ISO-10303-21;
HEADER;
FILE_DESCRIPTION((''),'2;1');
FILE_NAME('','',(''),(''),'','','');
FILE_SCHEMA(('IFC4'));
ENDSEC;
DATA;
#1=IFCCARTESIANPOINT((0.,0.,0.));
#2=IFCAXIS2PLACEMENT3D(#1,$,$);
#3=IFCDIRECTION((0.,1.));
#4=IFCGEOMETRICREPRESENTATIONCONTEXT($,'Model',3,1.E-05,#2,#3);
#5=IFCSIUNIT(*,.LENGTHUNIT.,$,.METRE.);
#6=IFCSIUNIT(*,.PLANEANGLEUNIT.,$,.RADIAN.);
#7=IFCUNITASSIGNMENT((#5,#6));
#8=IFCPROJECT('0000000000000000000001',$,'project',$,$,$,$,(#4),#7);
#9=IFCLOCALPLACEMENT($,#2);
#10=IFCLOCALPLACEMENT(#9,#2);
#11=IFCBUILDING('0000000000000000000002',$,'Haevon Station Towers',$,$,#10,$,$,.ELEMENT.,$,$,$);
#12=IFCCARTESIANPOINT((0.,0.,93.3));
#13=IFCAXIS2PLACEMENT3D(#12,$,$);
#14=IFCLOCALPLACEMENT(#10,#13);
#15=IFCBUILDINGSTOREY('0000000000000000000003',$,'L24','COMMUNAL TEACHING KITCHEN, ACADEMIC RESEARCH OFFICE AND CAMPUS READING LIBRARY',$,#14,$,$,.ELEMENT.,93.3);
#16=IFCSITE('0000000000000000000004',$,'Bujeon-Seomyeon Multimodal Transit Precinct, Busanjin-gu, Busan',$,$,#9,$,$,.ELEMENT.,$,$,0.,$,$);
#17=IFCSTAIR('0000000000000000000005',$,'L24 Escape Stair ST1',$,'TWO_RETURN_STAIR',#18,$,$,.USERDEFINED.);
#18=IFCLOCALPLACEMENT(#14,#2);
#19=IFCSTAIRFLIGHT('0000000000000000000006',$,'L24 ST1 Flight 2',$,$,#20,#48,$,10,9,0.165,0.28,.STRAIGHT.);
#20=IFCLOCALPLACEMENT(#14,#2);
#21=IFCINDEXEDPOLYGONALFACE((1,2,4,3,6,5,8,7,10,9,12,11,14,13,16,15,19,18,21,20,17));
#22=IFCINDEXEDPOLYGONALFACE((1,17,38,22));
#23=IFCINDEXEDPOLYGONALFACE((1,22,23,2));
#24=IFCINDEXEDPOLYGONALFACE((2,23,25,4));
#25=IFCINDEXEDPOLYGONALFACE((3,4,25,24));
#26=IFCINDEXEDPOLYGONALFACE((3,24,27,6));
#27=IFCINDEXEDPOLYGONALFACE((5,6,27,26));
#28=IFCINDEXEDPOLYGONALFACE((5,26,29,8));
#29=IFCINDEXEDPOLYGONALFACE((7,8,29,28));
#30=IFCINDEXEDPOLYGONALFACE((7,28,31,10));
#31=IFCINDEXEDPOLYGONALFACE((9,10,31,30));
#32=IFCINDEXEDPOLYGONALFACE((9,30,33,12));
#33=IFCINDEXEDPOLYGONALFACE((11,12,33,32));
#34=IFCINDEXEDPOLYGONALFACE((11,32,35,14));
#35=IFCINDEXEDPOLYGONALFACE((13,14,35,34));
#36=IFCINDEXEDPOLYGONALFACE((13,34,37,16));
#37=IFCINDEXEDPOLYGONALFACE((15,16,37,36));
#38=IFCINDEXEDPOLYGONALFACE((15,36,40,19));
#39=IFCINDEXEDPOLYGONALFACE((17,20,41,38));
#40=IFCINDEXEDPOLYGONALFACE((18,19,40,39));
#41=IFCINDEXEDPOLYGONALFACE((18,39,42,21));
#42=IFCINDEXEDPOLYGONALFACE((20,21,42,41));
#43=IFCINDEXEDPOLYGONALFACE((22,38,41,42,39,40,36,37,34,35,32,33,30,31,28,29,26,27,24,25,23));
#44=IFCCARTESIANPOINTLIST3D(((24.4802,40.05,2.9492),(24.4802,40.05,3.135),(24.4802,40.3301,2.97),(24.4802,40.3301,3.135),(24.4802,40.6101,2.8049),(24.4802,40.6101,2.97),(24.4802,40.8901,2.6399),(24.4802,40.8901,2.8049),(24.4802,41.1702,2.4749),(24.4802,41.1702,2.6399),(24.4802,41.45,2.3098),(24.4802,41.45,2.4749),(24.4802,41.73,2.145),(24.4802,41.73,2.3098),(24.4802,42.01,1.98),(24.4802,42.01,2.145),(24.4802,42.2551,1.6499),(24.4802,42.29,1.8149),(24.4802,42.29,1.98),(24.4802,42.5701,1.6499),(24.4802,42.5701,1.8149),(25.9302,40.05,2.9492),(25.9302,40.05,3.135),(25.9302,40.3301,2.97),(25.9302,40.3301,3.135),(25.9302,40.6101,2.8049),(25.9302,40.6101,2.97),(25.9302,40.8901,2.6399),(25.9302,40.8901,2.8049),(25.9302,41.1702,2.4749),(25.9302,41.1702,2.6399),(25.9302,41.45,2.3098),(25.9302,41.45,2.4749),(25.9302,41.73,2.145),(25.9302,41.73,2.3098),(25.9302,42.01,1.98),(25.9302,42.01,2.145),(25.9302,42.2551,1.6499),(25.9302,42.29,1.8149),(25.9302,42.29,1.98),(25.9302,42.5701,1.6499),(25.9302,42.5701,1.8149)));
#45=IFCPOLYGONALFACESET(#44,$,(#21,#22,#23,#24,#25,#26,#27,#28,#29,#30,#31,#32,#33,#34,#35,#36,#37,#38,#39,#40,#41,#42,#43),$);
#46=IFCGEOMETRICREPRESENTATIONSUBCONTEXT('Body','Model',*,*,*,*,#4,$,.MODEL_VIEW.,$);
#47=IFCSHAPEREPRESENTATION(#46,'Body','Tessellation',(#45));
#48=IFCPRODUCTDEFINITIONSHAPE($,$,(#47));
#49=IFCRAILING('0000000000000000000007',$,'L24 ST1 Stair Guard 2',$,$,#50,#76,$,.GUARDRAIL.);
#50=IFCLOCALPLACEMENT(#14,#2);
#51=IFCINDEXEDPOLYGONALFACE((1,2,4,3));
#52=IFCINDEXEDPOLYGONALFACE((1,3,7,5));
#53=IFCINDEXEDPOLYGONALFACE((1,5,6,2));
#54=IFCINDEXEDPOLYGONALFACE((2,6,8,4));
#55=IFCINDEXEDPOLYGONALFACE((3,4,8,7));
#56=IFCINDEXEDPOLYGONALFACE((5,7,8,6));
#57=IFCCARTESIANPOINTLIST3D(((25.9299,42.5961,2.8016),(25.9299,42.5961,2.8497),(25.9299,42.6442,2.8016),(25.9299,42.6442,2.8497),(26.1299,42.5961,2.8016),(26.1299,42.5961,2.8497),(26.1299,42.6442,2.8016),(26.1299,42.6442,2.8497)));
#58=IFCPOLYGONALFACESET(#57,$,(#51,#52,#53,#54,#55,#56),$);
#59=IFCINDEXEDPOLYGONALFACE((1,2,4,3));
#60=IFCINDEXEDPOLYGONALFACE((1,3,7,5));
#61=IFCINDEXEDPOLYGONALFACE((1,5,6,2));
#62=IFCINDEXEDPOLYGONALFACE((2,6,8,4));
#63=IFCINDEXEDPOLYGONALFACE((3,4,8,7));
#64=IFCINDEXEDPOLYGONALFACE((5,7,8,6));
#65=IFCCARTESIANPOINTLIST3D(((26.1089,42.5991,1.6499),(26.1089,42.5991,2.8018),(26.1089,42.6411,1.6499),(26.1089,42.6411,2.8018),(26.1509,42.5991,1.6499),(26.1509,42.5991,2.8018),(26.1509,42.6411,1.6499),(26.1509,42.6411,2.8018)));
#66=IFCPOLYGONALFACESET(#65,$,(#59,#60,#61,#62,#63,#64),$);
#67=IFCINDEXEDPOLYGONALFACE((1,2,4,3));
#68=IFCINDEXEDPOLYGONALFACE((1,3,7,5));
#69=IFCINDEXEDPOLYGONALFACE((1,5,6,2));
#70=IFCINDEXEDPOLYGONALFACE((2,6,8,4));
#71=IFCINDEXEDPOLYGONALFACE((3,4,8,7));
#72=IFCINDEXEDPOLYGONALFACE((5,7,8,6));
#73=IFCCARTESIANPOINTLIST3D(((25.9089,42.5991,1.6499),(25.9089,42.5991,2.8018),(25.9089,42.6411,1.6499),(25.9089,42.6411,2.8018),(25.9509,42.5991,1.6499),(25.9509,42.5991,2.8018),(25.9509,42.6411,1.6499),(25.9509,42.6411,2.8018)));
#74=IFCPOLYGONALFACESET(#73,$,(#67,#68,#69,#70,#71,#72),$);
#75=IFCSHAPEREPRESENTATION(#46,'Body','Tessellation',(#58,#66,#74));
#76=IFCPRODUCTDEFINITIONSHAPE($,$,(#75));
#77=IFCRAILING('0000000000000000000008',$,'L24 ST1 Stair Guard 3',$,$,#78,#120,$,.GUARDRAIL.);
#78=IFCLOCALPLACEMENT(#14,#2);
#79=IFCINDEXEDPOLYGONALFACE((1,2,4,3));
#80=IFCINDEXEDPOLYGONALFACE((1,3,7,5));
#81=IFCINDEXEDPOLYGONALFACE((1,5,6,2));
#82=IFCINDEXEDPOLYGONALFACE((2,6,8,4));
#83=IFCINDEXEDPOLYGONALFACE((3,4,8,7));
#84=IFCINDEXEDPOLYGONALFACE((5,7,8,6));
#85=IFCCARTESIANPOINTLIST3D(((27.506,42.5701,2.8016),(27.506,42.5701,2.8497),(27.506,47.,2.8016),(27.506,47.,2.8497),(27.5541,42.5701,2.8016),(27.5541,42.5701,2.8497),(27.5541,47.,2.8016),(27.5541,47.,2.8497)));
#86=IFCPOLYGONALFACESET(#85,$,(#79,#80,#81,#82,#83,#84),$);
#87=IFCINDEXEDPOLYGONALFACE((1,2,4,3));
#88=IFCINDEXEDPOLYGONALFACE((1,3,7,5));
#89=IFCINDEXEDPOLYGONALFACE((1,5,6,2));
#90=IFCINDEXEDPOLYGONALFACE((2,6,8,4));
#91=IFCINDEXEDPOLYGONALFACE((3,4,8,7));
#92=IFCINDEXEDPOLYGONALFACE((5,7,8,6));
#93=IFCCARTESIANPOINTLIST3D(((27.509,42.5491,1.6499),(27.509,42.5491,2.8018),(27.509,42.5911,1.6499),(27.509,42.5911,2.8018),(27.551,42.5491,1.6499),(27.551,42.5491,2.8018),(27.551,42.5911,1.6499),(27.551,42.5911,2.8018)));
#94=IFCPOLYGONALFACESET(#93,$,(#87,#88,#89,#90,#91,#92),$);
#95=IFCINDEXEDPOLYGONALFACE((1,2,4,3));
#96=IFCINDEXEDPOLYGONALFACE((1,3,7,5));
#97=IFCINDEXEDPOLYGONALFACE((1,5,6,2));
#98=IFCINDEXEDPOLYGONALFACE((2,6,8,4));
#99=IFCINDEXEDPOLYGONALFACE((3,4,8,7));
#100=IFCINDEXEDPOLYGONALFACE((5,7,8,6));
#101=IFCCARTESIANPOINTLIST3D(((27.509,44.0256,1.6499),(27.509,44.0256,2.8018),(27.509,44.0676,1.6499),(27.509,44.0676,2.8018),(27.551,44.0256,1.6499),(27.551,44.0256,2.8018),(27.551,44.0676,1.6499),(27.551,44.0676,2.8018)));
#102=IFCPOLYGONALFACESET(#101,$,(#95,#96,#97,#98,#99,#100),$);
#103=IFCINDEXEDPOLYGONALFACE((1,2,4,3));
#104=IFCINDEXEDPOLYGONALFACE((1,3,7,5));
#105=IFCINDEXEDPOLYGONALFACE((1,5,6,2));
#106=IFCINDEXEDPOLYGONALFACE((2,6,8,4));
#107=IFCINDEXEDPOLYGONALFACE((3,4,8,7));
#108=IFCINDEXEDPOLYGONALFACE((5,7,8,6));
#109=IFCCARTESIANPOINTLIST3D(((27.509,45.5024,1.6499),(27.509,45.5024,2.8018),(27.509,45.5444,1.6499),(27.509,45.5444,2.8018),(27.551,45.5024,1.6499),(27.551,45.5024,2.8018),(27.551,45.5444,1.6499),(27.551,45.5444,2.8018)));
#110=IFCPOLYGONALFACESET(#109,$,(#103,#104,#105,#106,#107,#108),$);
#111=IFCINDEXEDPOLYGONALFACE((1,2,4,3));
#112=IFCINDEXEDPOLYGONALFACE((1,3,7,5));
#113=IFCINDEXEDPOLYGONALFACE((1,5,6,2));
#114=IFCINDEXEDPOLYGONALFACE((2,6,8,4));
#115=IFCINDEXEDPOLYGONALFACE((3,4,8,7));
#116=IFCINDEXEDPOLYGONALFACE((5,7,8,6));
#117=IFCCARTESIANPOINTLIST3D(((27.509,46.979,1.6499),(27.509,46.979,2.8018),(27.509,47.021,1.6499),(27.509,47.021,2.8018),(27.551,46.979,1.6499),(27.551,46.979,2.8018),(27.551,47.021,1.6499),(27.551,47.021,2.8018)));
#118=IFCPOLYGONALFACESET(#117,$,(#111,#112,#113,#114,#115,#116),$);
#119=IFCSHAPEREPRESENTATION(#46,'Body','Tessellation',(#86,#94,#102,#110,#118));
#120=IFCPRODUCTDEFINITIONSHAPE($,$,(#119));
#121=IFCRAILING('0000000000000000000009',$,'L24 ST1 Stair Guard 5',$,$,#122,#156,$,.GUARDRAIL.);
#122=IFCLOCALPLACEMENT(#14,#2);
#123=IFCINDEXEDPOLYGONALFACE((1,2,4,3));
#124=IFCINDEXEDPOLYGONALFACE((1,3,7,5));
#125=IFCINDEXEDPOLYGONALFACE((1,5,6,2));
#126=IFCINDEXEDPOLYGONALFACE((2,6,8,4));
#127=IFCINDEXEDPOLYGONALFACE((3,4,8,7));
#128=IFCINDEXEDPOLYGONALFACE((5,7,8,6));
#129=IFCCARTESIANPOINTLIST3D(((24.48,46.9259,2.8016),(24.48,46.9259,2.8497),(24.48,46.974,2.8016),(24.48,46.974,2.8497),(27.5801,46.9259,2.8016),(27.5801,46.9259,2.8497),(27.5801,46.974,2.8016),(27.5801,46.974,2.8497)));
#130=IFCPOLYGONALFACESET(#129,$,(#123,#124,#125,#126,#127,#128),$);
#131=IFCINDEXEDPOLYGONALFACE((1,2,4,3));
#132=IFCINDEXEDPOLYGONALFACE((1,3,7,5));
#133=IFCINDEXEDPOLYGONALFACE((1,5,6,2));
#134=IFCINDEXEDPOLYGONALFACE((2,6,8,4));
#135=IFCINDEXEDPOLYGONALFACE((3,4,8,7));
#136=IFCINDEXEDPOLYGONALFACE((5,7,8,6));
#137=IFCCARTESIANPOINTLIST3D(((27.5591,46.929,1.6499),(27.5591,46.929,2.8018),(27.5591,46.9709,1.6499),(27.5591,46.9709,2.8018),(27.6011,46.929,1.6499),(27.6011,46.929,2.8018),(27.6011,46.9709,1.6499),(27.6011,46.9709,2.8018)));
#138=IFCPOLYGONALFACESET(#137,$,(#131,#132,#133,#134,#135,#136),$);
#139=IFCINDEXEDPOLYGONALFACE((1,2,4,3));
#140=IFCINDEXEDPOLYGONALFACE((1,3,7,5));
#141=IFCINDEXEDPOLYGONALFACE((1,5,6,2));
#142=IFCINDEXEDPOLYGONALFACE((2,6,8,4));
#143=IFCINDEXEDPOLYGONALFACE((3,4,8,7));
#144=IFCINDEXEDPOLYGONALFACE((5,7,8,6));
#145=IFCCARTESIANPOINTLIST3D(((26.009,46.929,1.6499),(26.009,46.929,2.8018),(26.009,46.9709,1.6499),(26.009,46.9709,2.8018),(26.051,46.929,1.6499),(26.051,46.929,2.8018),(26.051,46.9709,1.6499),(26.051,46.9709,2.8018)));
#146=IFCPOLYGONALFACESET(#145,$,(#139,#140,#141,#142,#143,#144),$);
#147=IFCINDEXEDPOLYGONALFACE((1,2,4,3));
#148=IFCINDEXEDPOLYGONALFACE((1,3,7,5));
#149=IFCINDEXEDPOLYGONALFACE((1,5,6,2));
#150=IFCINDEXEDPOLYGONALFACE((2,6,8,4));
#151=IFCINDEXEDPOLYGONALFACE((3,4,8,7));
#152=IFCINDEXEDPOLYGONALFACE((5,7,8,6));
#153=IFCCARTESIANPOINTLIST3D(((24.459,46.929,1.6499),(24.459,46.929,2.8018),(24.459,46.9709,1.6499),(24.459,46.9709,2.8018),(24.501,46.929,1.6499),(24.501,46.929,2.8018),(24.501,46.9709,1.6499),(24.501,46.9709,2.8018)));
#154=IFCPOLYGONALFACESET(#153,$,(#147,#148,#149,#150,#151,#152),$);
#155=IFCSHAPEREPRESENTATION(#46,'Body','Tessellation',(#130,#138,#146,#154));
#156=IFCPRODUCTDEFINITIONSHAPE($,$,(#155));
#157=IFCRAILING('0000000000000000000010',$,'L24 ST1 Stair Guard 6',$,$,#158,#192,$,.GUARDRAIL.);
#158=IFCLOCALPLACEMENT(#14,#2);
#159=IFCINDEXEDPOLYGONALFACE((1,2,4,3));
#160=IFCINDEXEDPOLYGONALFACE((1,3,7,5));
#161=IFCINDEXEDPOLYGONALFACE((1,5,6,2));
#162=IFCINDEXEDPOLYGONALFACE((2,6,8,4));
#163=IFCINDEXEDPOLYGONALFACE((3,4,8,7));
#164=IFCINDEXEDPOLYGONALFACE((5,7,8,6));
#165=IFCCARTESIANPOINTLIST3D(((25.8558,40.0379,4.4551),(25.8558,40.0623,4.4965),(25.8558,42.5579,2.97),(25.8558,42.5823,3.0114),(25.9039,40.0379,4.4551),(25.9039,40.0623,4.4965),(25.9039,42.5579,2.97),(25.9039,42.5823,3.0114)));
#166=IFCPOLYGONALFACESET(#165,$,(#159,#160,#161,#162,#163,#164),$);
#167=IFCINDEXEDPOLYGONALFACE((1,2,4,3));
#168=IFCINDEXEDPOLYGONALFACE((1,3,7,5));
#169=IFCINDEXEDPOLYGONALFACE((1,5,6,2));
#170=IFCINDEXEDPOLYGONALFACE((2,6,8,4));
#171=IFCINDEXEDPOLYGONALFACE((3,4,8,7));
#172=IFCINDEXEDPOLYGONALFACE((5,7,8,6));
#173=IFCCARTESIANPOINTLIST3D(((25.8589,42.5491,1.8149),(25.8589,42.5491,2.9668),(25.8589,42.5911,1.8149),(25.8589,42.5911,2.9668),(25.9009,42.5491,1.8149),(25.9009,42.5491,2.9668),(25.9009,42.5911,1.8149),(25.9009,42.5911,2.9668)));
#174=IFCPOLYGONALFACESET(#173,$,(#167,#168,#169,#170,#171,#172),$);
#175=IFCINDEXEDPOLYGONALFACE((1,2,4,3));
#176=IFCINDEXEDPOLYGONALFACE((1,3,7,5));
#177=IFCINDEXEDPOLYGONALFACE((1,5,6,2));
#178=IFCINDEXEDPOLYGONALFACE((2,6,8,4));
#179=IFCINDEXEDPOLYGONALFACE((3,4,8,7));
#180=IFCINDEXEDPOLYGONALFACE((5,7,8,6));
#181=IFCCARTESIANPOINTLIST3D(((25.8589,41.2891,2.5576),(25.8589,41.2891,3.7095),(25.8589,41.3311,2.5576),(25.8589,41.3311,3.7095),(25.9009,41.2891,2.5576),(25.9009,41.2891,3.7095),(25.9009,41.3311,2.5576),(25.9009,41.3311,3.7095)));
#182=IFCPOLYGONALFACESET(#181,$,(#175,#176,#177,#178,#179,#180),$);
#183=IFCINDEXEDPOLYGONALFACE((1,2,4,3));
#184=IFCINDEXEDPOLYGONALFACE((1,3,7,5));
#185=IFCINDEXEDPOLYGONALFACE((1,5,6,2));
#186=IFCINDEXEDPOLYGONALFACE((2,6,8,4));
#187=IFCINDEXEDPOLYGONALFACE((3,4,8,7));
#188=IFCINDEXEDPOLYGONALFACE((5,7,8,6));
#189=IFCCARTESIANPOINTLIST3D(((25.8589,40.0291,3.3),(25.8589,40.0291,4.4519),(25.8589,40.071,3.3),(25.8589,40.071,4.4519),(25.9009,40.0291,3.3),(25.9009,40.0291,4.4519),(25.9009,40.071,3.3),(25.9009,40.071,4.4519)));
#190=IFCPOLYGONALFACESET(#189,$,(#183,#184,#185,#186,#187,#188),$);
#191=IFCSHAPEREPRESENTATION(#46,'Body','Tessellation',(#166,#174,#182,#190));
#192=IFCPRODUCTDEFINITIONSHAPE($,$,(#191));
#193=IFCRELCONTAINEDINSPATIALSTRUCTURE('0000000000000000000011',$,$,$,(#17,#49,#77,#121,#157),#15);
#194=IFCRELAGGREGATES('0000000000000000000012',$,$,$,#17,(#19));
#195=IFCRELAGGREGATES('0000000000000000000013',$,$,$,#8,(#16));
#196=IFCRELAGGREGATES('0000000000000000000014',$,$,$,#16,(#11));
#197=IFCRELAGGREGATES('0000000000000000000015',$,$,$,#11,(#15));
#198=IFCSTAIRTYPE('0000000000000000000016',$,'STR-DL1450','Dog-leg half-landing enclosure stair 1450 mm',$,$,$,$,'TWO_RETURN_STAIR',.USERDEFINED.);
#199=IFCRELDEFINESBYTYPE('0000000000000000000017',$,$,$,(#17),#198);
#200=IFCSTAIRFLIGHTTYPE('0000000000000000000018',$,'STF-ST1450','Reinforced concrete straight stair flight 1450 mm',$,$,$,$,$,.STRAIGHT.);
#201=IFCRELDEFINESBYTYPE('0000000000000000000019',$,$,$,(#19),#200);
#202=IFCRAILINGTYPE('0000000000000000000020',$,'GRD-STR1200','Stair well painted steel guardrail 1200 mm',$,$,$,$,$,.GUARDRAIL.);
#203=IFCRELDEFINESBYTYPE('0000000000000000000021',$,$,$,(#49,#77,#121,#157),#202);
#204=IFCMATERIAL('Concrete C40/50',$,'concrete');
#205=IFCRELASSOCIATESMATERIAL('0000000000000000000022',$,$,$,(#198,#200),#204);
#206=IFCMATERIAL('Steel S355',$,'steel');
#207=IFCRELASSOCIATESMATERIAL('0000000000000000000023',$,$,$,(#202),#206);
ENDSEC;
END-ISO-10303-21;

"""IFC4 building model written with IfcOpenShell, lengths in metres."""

from ifc_helpers import new_model, si_unit, direction, frame, origin, origin_2d, place, context, subcontext, project, spatial, polyline, rectangle, outline, extrude, material, type_object, element, aggregate, save


model = new_model("IFC4")

# Units and contexts
model_context = context("Model", 3, precision=1e-05, world=origin(), true_north=direction((0.0, 1.0)))
body_context = subcontext(model_context, "Body", "Model", "MODEL_VIEW")
ifc_project = project(units=[si_unit("LENGTHUNIT", "METRE"), si_unit("PLANEANGLEUNIT", "RADIAN")], contexts=[model_context])

# Site, building, storey
site_placement = place(None, origin())
site = spatial("IfcSite", under=ifc_project, at=site_placement, Name="Bujeon-Seomyeon Multimodal Transit Precinct, Busanjin-gu, Busan", CompositionType="ELEMENT", RefElevation=0.0)
building_placement = place(site_placement, origin())
building = spatial("IfcBuilding", under=site, at=building_placement, Name="Haevon Station Towers", CompositionType="ELEMENT")
storey_placement = place(building_placement, frame((0.0, 0.0, 93.3)))
storey = spatial("IfcBuildingStorey", under=building, at=storey_placement, Name="L24", Description="COMMUNAL TEACHING KITCHEN, ACADEMIC RESEARCH OFFICE AND CAMPUS READING LIBRARY", CompositionType="ELEMENT", Elevation=93.3)

# Shared definitions
ifc_material_1 = material(Name="Steel S355", Category="steel")

# Shared definitions
ifc_material_2 = material(Name="Concrete C40/50", Category="concrete")

# Stair, stair flight
stair_type = type_object("IfcStairType", Name="STR-DL1450", Description="Dog-leg half-landing enclosure stair 1450 mm", ElementType="TWO_RETURN_STAIR", PredefinedType="USERDEFINED", material=ifc_material_2)
stair_placement = place(storey_placement, origin())
stair = element("IfcStair", 1, at=stair_placement, inside=storey, type_object=stair_type, Name="L24 Escape Stair ST1", ObjectType="TWO_RETURN_STAIR", PredefinedType="USERDEFINED")
stair_flight_type = type_object("IfcStairFlightType", Name="STF-ST1450", Description="Reinforced concrete straight stair flight 1450 mm", PredefinedType="STRAIGHT", material=ifc_material_2)
stair_flight_placement = place(storey_placement, frame((25.2051, 42.5701, 1.6499), z_axis=(0.0, 0.0, 1.0), x_axis=(0.0, -1.0, 0.0)))
stair_flight = element("IfcStairFlight", 2, at=stair_flight_placement, type_object=stair_flight_type, Name="L24 ST1 Flight 2", NumberOfRisers=10, NumberOfTreads=9, PredefinedType="STRAIGHT", RiserHeight=0.165, TreadLength=0.28, context=body_context, shape_type="SweptSolid", body=[
    extrude(outline(polyline([(0.0, 0.0), (0.0, 0.165), (0.28, 0.165), (0.28, 0.3301), (0.5601, 0.3301), (0.5601, 0.4951), (0.8401, 0.4951), (0.8401, 0.6599), (1.1201, 0.6599), (1.1201, 0.825), (1.3999, 0.825), (1.3999, 0.99), (1.6799, 0.99), (1.6799, 1.155), (1.96, 1.155), (1.96, 1.3201), (2.24, 1.3201), (2.24, 1.4851), (2.52, 1.4851), (2.52, 1.6499), (2.52, 1.2993), (0.3149, 0.0), (0.0, 0.0)])), frame((0.0, 0.7251, 0.0), z_axis=(0.0, -1.0, 0.0), x_axis=(1.0, 0.0, 0.0)), (0.0, 0.0, 1.0), 1.45),
])
aggregate(stair, [stair_flight])

# Railings
railing_type = type_object("IfcRailingType", Name="GRD-STR1200", Description="Stair well painted steel guardrail 1200 mm", PredefinedType="GUARDRAIL", material=ifc_material_1)
railing_1_placement = place(storey_placement, frame((26.1299, 42.6201, 1.6499)))
element("IfcRailing", 3, at=railing_1_placement, inside=storey, type_object=railing_type, Name="L24 ST1 Stair Guard 2", PredefinedType="GUARDRAIL", context=body_context, shape_type="SweptSolid", body=[
    extrude(rectangle(XDim=0.0481, YDim=0.0481, at=origin_2d()), frame((0.0, 0.0, 1.1758), z_axis=(-1.0, 0.0, 0.0), x_axis=(0.0, -1.0, 0.0)), (0.0, 0.0, 1.0), 0.2),
    extrude(rectangle(XDim=0.042, YDim=0.042, at=origin_2d()), origin(), (0.0, 0.0, 1.0), 1.1519),
    extrude(rectangle(XDim=0.042, YDim=0.042, at=origin_2d()), frame((-0.2, 0.0, 0.0)), (0.0, 0.0, 1.0), 1.1519),
])
railing_2_placement = place(storey_placement, frame((27.53, 42.5701, 1.6499)))
element("IfcRailing", 4, at=railing_2_placement, inside=storey, type_object=railing_type, Name="L24 ST1 Stair Guard 3", PredefinedType="GUARDRAIL", context=body_context, shape_type="SweptSolid", body=[
    extrude(rectangle(XDim=0.0481, YDim=0.0481, at=origin_2d()), frame((0.0, 0.0, 1.1758), z_axis=(0.0, 1.0, 0.0), x_axis=(-1.0, 0.0, 0.0)), (0.0, 0.0, 1.0), 4.4299),
    extrude(rectangle(XDim=0.042, YDim=0.042, at=origin_2d()), origin(), (0.0, 0.0, 1.0), 1.1519),
    extrude(rectangle(XDim=0.042, YDim=0.042, at=origin_2d()), frame((0.0, 1.4766, 0.0)), (0.0, 0.0, 1.0), 1.1519),
    extrude(rectangle(XDim=0.042, YDim=0.042, at=origin_2d()), frame((0.0, 2.9534, 0.0)), (0.0, 0.0, 1.0), 1.1519),
    extrude(rectangle(XDim=0.042, YDim=0.042, at=origin_2d()), frame((0.0, 4.4299, 0.0)), (0.0, 0.0, 1.0), 1.1519),
])
railing_3_placement = place(storey_placement, frame((27.5801, 46.95, 1.6499)))
element("IfcRailing", 5, at=railing_3_placement, inside=storey, type_object=railing_type, Name="L24 ST1 Stair Guard 5", PredefinedType="GUARDRAIL", context=body_context, shape_type="SweptSolid", body=[
    extrude(rectangle(XDim=0.0481, YDim=0.0481, at=origin_2d()), frame((0.0, 0.0, 1.1758), z_axis=(-1.0, 0.0, 0.0), x_axis=(0.0, -1.0, 0.0)), (0.0, 0.0, 1.0), 3.1001),
    extrude(rectangle(XDim=0.042, YDim=0.042, at=origin_2d()), origin(), (0.0, 0.0, 1.0), 1.1519),
    extrude(rectangle(XDim=0.042, YDim=0.042, at=origin_2d()), frame((-1.55, 0.0, 0.0)), (0.0, 0.0, 1.0), 1.1519),
    extrude(rectangle(XDim=0.042, YDim=0.042, at=origin_2d()), frame((-3.1001, 0.0, 0.0)), (0.0, 0.0, 1.0), 1.1519),
])
railing_4_placement = place(storey_placement, frame((25.8799, 42.5701, 1.8149)))
element("IfcRailing", 6, at=railing_4_placement, inside=storey, type_object=railing_type, Name="L24 ST1 Stair Guard 6", PredefinedType="GUARDRAIL", context=body_context, shape_type="SweptSolid", body=[
    extrude(rectangle(XDim=0.0481, YDim=0.0481, at=origin_2d()), frame((0.0, 0.0, 1.1758), z_axis=(0.0, -0.861524, 0.507717), x_axis=(1.0, 0.0, 0.0)), (0.0, 0.0, 1.0), 2.925),
    extrude(rectangle(XDim=0.042, YDim=0.042, at=origin_2d()), origin(), (0.0, 0.0, 1.0), 1.1519),
    extrude(rectangle(XDim=0.042, YDim=0.042, at=origin_2d()), frame((0.0, -1.26, 0.7427)), (0.0, 0.0, 1.0), 1.1519),
    extrude(rectangle(XDim=0.042, YDim=0.042, at=origin_2d()), frame((0.0, -2.52, 1.4851)), (0.0, 0.0, 1.0), 1.1519),
])

save(model, "model.ifc")
